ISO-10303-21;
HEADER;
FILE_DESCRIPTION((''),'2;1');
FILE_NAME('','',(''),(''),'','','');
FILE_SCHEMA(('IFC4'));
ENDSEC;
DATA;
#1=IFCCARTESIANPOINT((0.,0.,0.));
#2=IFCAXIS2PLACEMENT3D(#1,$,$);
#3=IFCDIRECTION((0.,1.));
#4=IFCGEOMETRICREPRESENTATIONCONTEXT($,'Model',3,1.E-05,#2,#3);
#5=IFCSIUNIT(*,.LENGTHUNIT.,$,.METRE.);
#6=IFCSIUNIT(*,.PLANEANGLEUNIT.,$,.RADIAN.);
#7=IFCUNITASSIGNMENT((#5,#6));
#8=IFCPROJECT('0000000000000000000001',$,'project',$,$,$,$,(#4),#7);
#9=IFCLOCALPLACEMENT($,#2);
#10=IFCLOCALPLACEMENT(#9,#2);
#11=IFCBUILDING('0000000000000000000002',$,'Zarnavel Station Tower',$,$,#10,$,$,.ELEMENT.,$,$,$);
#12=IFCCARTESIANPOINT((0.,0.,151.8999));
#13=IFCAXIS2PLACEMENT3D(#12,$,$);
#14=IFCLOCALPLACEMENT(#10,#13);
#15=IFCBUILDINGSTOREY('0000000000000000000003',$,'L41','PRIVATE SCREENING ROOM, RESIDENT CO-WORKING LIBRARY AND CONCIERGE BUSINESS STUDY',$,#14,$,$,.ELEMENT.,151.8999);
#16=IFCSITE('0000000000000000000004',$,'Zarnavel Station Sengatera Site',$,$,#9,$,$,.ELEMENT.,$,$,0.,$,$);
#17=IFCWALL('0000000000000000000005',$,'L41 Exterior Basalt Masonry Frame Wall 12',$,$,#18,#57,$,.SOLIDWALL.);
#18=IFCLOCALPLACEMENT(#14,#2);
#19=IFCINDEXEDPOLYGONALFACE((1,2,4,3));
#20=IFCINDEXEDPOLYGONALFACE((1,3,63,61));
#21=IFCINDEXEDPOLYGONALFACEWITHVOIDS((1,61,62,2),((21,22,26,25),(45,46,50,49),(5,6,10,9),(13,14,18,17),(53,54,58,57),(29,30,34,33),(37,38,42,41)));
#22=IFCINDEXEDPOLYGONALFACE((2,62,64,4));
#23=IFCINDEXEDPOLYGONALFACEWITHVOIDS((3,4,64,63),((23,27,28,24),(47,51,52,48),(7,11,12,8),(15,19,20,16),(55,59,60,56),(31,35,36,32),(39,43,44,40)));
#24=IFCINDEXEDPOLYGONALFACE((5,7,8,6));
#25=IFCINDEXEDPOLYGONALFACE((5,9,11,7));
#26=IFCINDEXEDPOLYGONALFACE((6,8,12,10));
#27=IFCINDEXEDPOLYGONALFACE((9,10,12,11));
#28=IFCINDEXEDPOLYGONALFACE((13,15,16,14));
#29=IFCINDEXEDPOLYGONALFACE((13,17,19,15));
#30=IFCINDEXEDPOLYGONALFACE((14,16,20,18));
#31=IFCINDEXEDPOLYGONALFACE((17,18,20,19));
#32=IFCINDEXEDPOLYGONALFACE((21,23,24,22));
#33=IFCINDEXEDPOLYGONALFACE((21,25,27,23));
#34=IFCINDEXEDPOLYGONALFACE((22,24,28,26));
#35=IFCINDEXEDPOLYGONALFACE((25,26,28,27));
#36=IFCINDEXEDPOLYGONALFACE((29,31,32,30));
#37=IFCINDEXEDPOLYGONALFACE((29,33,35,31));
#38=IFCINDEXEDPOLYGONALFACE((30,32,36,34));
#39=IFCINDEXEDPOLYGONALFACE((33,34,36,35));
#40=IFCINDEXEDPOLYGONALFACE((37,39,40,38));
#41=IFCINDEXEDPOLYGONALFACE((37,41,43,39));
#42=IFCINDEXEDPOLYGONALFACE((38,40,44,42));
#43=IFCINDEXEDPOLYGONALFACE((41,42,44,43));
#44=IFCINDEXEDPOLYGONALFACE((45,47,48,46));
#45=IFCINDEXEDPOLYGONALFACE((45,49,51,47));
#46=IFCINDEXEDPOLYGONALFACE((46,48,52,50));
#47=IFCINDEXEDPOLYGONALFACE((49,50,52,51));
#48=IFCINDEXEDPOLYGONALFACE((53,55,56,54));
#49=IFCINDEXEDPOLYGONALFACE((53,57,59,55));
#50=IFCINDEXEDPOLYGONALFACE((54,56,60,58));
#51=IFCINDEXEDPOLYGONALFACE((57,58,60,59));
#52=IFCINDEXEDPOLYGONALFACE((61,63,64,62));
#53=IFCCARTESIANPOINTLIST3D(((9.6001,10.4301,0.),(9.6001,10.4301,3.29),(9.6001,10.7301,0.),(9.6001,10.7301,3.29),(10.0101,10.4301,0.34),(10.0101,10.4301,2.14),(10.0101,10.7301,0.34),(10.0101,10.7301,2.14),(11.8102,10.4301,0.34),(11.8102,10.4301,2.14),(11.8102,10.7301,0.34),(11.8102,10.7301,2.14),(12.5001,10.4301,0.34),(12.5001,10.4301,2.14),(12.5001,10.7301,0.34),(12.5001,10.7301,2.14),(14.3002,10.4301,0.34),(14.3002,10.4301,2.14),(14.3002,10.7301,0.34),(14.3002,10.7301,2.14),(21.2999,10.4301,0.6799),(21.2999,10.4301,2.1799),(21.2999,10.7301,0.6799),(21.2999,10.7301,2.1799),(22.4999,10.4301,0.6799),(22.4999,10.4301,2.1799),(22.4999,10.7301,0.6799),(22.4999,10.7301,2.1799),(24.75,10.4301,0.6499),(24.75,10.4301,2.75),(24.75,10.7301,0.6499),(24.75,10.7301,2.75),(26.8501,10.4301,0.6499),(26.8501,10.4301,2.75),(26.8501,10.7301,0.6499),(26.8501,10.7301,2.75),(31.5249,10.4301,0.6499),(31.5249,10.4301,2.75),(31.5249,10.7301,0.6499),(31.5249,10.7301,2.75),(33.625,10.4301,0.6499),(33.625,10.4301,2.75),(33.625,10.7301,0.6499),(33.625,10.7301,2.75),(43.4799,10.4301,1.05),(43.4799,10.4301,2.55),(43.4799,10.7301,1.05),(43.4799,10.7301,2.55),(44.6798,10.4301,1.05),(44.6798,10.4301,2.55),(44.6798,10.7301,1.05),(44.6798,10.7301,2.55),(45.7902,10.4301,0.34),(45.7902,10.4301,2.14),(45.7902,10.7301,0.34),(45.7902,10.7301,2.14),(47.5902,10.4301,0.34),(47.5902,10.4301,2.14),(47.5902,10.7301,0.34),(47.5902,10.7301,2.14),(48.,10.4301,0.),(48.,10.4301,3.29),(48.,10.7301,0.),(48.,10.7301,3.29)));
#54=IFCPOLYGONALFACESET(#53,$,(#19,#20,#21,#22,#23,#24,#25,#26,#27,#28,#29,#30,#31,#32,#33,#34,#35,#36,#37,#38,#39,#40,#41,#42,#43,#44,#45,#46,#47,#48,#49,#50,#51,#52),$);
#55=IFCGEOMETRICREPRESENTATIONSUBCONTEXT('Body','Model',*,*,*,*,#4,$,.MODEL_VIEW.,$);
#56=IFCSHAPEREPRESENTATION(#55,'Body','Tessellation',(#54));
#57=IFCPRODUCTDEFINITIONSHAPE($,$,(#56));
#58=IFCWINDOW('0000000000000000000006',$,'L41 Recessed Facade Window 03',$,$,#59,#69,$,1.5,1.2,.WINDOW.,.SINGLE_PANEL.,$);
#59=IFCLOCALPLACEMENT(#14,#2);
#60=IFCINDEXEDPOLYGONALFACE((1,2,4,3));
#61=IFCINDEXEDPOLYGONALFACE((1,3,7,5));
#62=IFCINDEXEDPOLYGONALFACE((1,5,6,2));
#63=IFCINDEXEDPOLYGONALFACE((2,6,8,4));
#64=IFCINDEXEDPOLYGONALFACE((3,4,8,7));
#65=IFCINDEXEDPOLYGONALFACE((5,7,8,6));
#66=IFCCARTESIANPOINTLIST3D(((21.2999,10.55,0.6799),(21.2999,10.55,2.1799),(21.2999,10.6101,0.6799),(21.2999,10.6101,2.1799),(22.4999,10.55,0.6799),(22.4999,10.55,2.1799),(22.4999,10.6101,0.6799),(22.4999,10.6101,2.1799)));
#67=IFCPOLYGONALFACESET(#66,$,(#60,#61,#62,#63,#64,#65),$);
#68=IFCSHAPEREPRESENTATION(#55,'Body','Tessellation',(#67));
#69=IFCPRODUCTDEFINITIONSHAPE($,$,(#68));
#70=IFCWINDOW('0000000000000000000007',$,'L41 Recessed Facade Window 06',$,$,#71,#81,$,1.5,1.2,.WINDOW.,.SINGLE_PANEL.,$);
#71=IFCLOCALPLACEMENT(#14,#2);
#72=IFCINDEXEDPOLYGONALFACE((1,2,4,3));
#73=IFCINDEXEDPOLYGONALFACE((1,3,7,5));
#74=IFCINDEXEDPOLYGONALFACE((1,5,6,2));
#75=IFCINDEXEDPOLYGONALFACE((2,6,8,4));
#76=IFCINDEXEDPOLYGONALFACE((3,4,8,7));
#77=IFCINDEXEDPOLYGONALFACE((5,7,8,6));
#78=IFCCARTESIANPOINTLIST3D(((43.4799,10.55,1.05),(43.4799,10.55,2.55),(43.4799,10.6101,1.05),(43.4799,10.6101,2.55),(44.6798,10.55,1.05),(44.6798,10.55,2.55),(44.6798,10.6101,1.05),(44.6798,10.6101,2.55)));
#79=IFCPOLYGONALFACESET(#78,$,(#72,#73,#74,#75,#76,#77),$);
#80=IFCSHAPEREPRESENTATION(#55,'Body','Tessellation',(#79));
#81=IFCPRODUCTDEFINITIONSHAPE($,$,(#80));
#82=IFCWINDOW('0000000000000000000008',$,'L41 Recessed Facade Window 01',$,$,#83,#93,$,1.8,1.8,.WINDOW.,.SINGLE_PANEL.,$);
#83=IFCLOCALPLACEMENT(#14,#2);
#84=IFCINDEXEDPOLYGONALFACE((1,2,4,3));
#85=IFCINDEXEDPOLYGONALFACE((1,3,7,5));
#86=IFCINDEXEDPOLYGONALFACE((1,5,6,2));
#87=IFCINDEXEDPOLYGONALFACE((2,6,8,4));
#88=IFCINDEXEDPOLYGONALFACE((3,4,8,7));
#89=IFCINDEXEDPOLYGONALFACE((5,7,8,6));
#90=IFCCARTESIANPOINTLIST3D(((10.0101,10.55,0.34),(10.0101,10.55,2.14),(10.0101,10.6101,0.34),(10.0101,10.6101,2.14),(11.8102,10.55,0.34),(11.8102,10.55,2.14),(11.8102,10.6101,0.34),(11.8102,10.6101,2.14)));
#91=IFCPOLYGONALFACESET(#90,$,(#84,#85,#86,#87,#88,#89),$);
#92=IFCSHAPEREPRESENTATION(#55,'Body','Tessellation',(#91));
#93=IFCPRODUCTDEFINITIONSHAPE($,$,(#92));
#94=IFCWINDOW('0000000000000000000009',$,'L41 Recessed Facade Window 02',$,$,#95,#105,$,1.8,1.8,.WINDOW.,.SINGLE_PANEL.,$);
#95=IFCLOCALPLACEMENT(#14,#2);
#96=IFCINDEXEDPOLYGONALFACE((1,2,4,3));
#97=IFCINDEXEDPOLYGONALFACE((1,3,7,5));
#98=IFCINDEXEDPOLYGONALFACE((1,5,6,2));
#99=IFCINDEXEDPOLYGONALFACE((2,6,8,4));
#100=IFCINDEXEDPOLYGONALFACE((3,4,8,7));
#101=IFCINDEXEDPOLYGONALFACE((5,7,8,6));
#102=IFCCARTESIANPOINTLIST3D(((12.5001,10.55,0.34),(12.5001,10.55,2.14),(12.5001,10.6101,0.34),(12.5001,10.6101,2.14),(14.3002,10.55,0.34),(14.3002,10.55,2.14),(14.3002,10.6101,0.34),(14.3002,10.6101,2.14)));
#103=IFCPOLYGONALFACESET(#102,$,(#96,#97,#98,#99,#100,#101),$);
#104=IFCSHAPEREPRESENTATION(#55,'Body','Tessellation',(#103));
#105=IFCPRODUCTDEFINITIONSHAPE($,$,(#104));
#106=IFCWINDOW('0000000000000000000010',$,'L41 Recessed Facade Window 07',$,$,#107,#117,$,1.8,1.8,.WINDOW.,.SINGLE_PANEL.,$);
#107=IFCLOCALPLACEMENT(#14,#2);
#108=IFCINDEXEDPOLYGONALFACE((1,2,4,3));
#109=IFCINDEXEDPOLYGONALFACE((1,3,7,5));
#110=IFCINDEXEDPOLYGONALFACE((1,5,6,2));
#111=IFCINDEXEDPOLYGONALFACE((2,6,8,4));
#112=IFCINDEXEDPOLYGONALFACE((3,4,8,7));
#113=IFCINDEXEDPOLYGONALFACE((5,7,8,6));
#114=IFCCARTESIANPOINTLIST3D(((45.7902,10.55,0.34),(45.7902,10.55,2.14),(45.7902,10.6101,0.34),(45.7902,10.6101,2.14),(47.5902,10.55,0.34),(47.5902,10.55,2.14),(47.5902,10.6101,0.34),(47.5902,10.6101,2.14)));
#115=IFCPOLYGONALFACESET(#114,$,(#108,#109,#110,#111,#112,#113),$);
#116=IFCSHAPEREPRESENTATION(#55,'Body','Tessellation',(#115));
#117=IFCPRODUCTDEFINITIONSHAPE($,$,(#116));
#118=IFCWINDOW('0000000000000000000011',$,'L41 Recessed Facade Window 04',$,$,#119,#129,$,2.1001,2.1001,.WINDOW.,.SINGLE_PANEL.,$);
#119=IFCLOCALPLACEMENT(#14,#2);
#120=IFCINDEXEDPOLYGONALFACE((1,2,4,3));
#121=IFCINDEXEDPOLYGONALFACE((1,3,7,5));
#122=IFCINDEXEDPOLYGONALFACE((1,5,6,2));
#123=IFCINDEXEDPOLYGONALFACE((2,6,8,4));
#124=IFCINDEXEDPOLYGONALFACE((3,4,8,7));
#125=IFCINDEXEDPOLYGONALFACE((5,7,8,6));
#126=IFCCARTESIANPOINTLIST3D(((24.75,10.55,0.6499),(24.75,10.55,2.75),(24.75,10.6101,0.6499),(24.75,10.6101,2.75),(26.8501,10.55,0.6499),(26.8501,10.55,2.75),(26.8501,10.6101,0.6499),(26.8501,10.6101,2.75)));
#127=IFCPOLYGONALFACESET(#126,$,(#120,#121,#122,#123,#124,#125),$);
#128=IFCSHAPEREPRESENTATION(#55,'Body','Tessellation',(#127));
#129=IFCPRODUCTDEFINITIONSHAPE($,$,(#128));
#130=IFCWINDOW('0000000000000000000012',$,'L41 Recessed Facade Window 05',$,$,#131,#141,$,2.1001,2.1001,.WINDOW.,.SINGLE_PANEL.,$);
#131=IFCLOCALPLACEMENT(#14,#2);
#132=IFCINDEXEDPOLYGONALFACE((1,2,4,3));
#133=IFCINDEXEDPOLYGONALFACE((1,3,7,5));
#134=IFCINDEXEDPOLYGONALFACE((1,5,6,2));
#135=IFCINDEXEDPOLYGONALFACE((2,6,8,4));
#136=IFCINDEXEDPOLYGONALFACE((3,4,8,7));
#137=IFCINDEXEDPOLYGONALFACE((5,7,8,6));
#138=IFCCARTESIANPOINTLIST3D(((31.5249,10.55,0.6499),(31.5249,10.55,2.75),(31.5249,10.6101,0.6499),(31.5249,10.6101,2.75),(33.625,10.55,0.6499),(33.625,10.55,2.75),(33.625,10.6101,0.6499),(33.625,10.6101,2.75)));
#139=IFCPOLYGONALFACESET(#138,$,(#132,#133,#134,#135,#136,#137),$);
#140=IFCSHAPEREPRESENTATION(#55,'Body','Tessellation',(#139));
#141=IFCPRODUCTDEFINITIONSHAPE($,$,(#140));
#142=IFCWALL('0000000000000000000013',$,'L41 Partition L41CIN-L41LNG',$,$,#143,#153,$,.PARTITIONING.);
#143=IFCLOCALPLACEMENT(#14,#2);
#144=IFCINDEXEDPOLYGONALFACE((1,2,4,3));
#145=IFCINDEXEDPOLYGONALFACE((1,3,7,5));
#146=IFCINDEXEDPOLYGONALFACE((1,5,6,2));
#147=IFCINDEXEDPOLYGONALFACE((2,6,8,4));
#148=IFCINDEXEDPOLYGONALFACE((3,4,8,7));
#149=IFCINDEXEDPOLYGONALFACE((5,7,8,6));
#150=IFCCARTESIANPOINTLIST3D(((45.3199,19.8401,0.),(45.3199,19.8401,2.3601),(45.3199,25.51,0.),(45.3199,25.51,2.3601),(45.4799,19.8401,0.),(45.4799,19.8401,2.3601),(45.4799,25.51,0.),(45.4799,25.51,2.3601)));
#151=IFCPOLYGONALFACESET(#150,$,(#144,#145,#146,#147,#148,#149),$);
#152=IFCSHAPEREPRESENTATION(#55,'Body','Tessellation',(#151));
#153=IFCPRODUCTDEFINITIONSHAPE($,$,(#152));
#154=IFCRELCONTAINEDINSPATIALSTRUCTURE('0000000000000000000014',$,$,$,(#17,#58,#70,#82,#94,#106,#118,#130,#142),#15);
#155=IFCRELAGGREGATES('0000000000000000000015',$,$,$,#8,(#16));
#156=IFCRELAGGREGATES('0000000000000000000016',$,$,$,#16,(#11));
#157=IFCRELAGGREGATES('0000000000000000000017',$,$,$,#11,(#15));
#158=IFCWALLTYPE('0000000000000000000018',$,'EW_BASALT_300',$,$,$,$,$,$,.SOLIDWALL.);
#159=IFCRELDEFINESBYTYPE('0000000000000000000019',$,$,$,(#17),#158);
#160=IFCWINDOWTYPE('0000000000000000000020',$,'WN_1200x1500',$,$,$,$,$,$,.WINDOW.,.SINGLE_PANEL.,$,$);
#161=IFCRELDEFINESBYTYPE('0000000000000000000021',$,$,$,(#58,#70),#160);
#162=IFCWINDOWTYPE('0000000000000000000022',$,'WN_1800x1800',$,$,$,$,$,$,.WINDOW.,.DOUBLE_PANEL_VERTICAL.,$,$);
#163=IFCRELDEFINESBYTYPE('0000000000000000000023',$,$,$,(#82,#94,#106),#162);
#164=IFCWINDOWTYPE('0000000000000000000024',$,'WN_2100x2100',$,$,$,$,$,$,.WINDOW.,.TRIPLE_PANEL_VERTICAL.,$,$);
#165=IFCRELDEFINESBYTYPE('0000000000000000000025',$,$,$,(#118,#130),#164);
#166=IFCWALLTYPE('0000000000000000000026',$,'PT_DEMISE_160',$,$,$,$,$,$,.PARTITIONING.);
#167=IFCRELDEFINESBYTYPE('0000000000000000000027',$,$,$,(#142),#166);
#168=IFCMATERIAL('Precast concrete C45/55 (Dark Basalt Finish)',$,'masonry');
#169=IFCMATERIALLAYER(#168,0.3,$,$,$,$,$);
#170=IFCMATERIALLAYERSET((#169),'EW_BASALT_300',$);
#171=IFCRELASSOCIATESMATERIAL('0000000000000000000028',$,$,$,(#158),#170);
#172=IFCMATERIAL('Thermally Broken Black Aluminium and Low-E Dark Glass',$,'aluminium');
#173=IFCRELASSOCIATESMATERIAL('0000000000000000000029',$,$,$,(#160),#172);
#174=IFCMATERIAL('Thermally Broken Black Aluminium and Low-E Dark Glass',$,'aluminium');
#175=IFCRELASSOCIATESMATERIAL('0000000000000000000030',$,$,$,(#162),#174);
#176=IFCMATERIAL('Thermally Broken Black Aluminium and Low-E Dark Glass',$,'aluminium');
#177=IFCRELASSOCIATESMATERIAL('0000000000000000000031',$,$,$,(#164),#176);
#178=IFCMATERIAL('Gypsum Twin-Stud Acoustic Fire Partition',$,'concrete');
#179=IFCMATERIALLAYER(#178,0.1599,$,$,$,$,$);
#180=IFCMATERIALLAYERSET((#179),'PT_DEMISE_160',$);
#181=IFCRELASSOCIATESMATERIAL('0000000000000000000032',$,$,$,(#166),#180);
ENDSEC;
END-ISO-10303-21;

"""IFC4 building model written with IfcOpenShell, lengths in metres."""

from ifc_helpers import new_model, si_unit, direction, frame, frame_2d, origin, place, context, subcontext, project, spatial, rectangle, extrude, material, layer, layer_set, type_object, element, fill, save


model = new_model("IFC4")

# Units and contexts
model_context = context("Model", 3, precision=1e-05, world=origin(), true_north=direction((0.0, 1.0)))
body_context = subcontext(model_context, "Body", "Model", "MODEL_VIEW")
ifc_project = project(units=[si_unit("LENGTHUNIT", "METRE"), si_unit("PLANEANGLEUNIT", "RADIAN")], contexts=[model_context])

# Site, building, storey
site_placement = place(None, origin())
site = spatial("IfcSite", under=ifc_project, at=site_placement, Name="Zarnavel Station Sengatera Site", CompositionType="ELEMENT", RefElevation=0.0)
building_placement = place(site_placement, origin())
building = spatial("IfcBuilding", under=site, at=building_placement, Name="Zarnavel Station Tower", CompositionType="ELEMENT")
storey_placement = place(building_placement, frame((0.0, 0.0, 151.8999)))
storey = spatial("IfcBuildingStorey", under=building, at=storey_placement, Name="L41", Description="PRIVATE SCREENING ROOM, RESIDENT CO-WORKING LIBRARY AND CONCIERGE BUSINESS STUDY", CompositionType="ELEMENT", Elevation=151.8999)

# Shared definitions
ifc_material_1 = material(Name="Precast concrete C45/55 (Dark Basalt Finish)", Category="masonry")
ifc_layer_1 = layer(ifc_material_1, 0.3)
ifc_layer_set_1 = layer_set([ifc_layer_1], Name="EW_BASALT_300")
wall_type_1 = type_object("IfcWallType", Name="EW_BASALT_300", PredefinedType="SOLIDWALL", material=ifc_layer_set_1)

# Wall, openings, windows
wall_1_placement = place(storey_placement, frame((48.0, 10.5801, 0.0), z_axis=(0.0, 0.0, 1.0), x_axis=(-1.0, 0.0, 0.0)))
wall_1 = element("IfcWall", 1, at=wall_1_placement, inside=storey, type_object=wall_type_1, Name="L41 Exterior Basalt Masonry Frame Wall 12", PredefinedType="SOLIDWALL", context=body_context, shape_type="SweptSolid", body=[
    extrude(rectangle(XDim=38.3999, YDim=0.3, at=frame_2d((19.2, 0.0))), origin(), (0.0, 0.0, 1.0), 3.29),
])
opening_1_placement = place(wall_1_placement, frame((36.1899, 0.0, 0.3401)))
opening_1 = element("IfcOpeningElement", 2, at=opening_1_placement, cuts=wall_1, PredefinedType="OPENING", context=body_context, shape_type="SweptSolid", body=[
    extrude(rectangle(XDim=1.8, YDim=1.8, at=frame_2d((0.8999, 0.8999))), frame((0.0, 0.1599, 0.0), z_axis=(0.0, -1.0, 0.0), x_axis=(1.0, 0.0, 0.0)), (0.0, 0.0, 1.0), 0.3201),
])
opening_2_placement = place(wall_1_placement, frame((33.7, 0.0, 0.3401)))
opening_2 = element("IfcOpeningElement", 3, at=opening_2_placement, cuts=wall_1, PredefinedType="OPENING", context=body_context, shape_type="SweptSolid", body=[
    extrude(rectangle(XDim=1.8, YDim=1.8, at=frame_2d((0.8999, 0.8999))), frame((0.0, 0.1599, 0.0), z_axis=(0.0, -1.0, 0.0), x_axis=(1.0, 0.0, 0.0)), (0.0, 0.0, 1.0), 0.3201),
])
opening_3_placement = place(wall_1_placement, frame((25.5, 0.0, 0.6799)))
opening_3 = element("IfcOpeningElement", 4, at=opening_3_placement, cuts=wall_1, PredefinedType="OPENING", context=body_context, shape_type="SweptSolid", body=[
    extrude(rectangle(XDim=1.2, YDim=1.5, at=frame_2d((0.6001, 0.75))), frame((0.0, 0.1599, 0.0), z_axis=(0.0, -1.0, 0.0), x_axis=(1.0, 0.0, 0.0)), (0.0, 0.0, 1.0), 0.3201),
])
opening_4_placement = place(wall_1_placement, frame((21.1499, 0.0, 0.6499)))
opening_4 = element("IfcOpeningElement", 5, at=opening_4_placement, cuts=wall_1, PredefinedType="OPENING", context=body_context, shape_type="SweptSolid", body=[
    extrude(rectangle(XDim=2.1001, YDim=2.1001, at=frame_2d((1.05, 1.05))), frame((0.0, 0.1599, 0.0), z_axis=(0.0, -1.0, 0.0), x_axis=(1.0, 0.0, 0.0)), (0.0, 0.0, 1.0), 0.3201),
])
opening_5_placement = place(wall_1_placement, frame((14.375, 0.0, 0.6499)))
opening_5 = element("IfcOpeningElement", 6, at=opening_5_placement, cuts=wall_1, PredefinedType="OPENING", context=body_context, shape_type="SweptSolid", body=[
    extrude(rectangle(XDim=2.1001, YDim=2.1001, at=frame_2d((1.05, 1.05))), frame((0.0, 0.1599, 0.0), z_axis=(0.0, -1.0, 0.0), x_axis=(1.0, 0.0, 0.0)), (0.0, 0.0, 1.0), 0.3201),
])
opening_6_placement = place(wall_1_placement, frame((3.3201, 0.0, 1.05)))
opening_6 = element("IfcOpeningElement", 7, at=opening_6_placement, cuts=wall_1, PredefinedType="OPENING", context=body_context, shape_type="SweptSolid", body=[
    extrude(rectangle(XDim=1.2, YDim=1.5, at=frame_2d((0.6001, 0.75))), frame((0.0, 0.1599, 0.0), z_axis=(0.0, -1.0, 0.0), x_axis=(1.0, 0.0, 0.0)), (0.0, 0.0, 1.0), 0.3201),
])
opening_7_placement = place(wall_1_placement, frame((0.4099, 0.0, 0.3401)))
opening_7 = element("IfcOpeningElement", 8, at=opening_7_placement, cuts=wall_1, PredefinedType="OPENING", context=body_context, shape_type="SweptSolid", body=[
    extrude(rectangle(XDim=1.8, YDim=1.8, at=frame_2d((0.8999, 0.8999))), frame((0.0, 0.1599, 0.0), z_axis=(0.0, -1.0, 0.0), x_axis=(1.0, 0.0, 0.0)), (0.0, 0.0, 1.0), 0.3201),
])
ifc_material_2 = material(Name="Thermally Broken Black Aluminium and Low-E Dark Glass", Category="aluminium")
window_type_1 = type_object("IfcWindowType", Name="WN_1200x1500", PartitioningType="SINGLE_PANEL", PredefinedType="WINDOW", material=ifc_material_2)
window_1_placement = place(opening_3_placement, origin())
window_1 = element("IfcWindow", 9, at=window_1_placement, inside=storey, type_object=window_type_1, Name="L41 Recessed Facade Window 03", OverallHeight=1.5, OverallWidth=1.2, PartitioningType="SINGLE_PANEL", PredefinedType="WINDOW", context=body_context, shape_type="SweptSolid", body=[
    extrude(rectangle(XDim=1.2, YDim=1.5, at=frame_2d((0.6001, 0.75))), frame((0.0, 0.03, 0.0), z_axis=(0.0, -1.0, 0.0), x_axis=(1.0, 0.0, 0.0)), (0.0, 0.0, 1.0), 0.0601),
])
fill(opening_3, window_1)
window_2_placement = place(opening_6_placement, origin())
window_2 = element("IfcWindow", 10, at=window_2_placement, inside=storey, type_object=window_type_1, Name="L41 Recessed Facade Window 06", OverallHeight=1.5, OverallWidth=1.2, PartitioningType="SINGLE_PANEL", PredefinedType="WINDOW", context=body_context, shape_type="SweptSolid", body=[
    extrude(rectangle(XDim=1.2, YDim=1.5, at=frame_2d((0.6001, 0.75))), frame((0.0, 0.03, 0.0), z_axis=(0.0, -1.0, 0.0), x_axis=(1.0, 0.0, 0.0)), (0.0, 0.0, 1.0), 0.0601),
])
fill(opening_6, window_2)
ifc_material_3 = material(Name="Thermally Broken Black Aluminium and Low-E Dark Glass", Category="aluminium")
window_type_2 = type_object("IfcWindowType", Name="WN_1800x1800", PartitioningType="DOUBLE_PANEL_VERTICAL", PredefinedType="WINDOW", material=ifc_material_3)
window_3_placement = place(opening_1_placement, origin())
window_3 = element("IfcWindow", 11, at=window_3_placement, inside=storey, type_object=window_type_2, Name="L41 Recessed Facade Window 01", OverallHeight=1.8, OverallWidth=1.8, PartitioningType="SINGLE_PANEL", PredefinedType="WINDOW", context=body_context, shape_type="SweptSolid", body=[
    extrude(rectangle(XDim=1.8, YDim=1.8, at=frame_2d((0.8999, 0.8999))), frame((0.0, 0.03, 0.0), z_axis=(0.0, -1.0, 0.0), x_axis=(1.0, 0.0, 0.0)), (0.0, 0.0, 1.0), 0.0601),
])
fill(opening_1, window_3)
window_4_placement = place(opening_2_placement, origin())
window_4 = element("IfcWindow", 12, at=window_4_placement, inside=storey, type_object=window_type_2, Name="L41 Recessed Facade Window 02", OverallHeight=1.8, OverallWidth=1.8, PartitioningType="SINGLE_PANEL", PredefinedType="WINDOW", context=body_context, shape_type="SweptSolid", body=[
    extrude(rectangle(XDim=1.8, YDim=1.8, at=frame_2d((0.8999, 0.8999))), frame((0.0, 0.03, 0.0), z_axis=(0.0, -1.0, 0.0), x_axis=(1.0, 0.0, 0.0)), (0.0, 0.0, 1.0), 0.0601),
])
fill(opening_2, window_4)
window_5_placement = place(opening_7_placement, origin())
window_5 = element("IfcWindow", 13, at=window_5_placement, inside=storey, type_object=window_type_2, Name="L41 Recessed Facade Window 07", OverallHeight=1.8, OverallWidth=1.8, PartitioningType="SINGLE_PANEL", PredefinedType="WINDOW", context=body_context, shape_type="SweptSolid", body=[
    extrude(rectangle(XDim=1.8, YDim=1.8, at=frame_2d((0.8999, 0.8999))), frame((0.0, 0.03, 0.0), z_axis=(0.0, -1.0, 0.0), x_axis=(1.0, 0.0, 0.0)), (0.0, 0.0, 1.0), 0.0601),
])
fill(opening_7, window_5)
ifc_material_4 = material(Name="Thermally Broken Black Aluminium and Low-E Dark Glass", Category="aluminium")
window_type_3 = type_object("IfcWindowType", Name="WN_2100x2100", PartitioningType="TRIPLE_PANEL_VERTICAL", PredefinedType="WINDOW", material=ifc_material_4)
window_6_placement = place(opening_4_placement, origin())
window_6 = element("IfcWindow", 14, at=window_6_placement, inside=storey, type_object=window_type_3, Name="L41 Recessed Facade Window 04", OverallHeight=2.1001, OverallWidth=2.1001, PartitioningType="SINGLE_PANEL", PredefinedType="WINDOW", context=body_context, shape_type="SweptSolid", body=[
    extrude(rectangle(XDim=2.1001, YDim=2.1001, at=frame_2d((1.05, 1.05))), frame((0.0, 0.03, 0.0), z_axis=(0.0, -1.0, 0.0), x_axis=(1.0, 0.0, 0.0)), (0.0, 0.0, 1.0), 0.0601),
])
fill(opening_4, window_6)
window_7_placement = place(opening_5_placement, origin())
window_7 = element("IfcWindow", 15, at=window_7_placement, inside=storey, type_object=window_type_3, Name="L41 Recessed Facade Window 05", OverallHeight=2.1001, OverallWidth=2.1001, PartitioningType="SINGLE_PANEL", PredefinedType="WINDOW", context=body_context, shape_type="SweptSolid", body=[
    extrude(rectangle(XDim=2.1001, YDim=2.1001, at=frame_2d((1.05, 1.05))), frame((0.0, 0.03, 0.0), z_axis=(0.0, -1.0, 0.0), x_axis=(1.0, 0.0, 0.0)), (0.0, 0.0, 1.0), 0.0601),
])
fill(opening_5, window_7)

# Wall
ifc_material_5 = material(Name="Gypsum Twin-Stud Acoustic Fire Partition", Category="concrete")
ifc_layer_2 = layer(ifc_material_5, 0.1599)
ifc_layer_set_2 = layer_set([ifc_layer_2], Name="PT_DEMISE_160")
wall_type_2 = type_object("IfcWallType", Name="PT_DEMISE_160", PredefinedType="PARTITIONING", material=ifc_layer_set_2)
wall_2_placement = place(storey_placement, frame((45.3999, 19.8401, 0.0), z_axis=(0.0, 0.0, 1.0), x_axis=(0.0, 1.0, 0.0)))
element("IfcWall", 16, at=wall_2_placement, inside=storey, type_object=wall_type_2, Name="L41 Partition L41CIN-L41LNG", PredefinedType="PARTITIONING", context=body_context, shape_type="SweptSolid", body=[
    extrude(rectangle(XDim=5.6699, YDim=0.1599, at=frame_2d((2.835, 0.0))), origin(), (0.0, 0.0, 1.0), 2.3601),
])

save(model, "model.ifc")
